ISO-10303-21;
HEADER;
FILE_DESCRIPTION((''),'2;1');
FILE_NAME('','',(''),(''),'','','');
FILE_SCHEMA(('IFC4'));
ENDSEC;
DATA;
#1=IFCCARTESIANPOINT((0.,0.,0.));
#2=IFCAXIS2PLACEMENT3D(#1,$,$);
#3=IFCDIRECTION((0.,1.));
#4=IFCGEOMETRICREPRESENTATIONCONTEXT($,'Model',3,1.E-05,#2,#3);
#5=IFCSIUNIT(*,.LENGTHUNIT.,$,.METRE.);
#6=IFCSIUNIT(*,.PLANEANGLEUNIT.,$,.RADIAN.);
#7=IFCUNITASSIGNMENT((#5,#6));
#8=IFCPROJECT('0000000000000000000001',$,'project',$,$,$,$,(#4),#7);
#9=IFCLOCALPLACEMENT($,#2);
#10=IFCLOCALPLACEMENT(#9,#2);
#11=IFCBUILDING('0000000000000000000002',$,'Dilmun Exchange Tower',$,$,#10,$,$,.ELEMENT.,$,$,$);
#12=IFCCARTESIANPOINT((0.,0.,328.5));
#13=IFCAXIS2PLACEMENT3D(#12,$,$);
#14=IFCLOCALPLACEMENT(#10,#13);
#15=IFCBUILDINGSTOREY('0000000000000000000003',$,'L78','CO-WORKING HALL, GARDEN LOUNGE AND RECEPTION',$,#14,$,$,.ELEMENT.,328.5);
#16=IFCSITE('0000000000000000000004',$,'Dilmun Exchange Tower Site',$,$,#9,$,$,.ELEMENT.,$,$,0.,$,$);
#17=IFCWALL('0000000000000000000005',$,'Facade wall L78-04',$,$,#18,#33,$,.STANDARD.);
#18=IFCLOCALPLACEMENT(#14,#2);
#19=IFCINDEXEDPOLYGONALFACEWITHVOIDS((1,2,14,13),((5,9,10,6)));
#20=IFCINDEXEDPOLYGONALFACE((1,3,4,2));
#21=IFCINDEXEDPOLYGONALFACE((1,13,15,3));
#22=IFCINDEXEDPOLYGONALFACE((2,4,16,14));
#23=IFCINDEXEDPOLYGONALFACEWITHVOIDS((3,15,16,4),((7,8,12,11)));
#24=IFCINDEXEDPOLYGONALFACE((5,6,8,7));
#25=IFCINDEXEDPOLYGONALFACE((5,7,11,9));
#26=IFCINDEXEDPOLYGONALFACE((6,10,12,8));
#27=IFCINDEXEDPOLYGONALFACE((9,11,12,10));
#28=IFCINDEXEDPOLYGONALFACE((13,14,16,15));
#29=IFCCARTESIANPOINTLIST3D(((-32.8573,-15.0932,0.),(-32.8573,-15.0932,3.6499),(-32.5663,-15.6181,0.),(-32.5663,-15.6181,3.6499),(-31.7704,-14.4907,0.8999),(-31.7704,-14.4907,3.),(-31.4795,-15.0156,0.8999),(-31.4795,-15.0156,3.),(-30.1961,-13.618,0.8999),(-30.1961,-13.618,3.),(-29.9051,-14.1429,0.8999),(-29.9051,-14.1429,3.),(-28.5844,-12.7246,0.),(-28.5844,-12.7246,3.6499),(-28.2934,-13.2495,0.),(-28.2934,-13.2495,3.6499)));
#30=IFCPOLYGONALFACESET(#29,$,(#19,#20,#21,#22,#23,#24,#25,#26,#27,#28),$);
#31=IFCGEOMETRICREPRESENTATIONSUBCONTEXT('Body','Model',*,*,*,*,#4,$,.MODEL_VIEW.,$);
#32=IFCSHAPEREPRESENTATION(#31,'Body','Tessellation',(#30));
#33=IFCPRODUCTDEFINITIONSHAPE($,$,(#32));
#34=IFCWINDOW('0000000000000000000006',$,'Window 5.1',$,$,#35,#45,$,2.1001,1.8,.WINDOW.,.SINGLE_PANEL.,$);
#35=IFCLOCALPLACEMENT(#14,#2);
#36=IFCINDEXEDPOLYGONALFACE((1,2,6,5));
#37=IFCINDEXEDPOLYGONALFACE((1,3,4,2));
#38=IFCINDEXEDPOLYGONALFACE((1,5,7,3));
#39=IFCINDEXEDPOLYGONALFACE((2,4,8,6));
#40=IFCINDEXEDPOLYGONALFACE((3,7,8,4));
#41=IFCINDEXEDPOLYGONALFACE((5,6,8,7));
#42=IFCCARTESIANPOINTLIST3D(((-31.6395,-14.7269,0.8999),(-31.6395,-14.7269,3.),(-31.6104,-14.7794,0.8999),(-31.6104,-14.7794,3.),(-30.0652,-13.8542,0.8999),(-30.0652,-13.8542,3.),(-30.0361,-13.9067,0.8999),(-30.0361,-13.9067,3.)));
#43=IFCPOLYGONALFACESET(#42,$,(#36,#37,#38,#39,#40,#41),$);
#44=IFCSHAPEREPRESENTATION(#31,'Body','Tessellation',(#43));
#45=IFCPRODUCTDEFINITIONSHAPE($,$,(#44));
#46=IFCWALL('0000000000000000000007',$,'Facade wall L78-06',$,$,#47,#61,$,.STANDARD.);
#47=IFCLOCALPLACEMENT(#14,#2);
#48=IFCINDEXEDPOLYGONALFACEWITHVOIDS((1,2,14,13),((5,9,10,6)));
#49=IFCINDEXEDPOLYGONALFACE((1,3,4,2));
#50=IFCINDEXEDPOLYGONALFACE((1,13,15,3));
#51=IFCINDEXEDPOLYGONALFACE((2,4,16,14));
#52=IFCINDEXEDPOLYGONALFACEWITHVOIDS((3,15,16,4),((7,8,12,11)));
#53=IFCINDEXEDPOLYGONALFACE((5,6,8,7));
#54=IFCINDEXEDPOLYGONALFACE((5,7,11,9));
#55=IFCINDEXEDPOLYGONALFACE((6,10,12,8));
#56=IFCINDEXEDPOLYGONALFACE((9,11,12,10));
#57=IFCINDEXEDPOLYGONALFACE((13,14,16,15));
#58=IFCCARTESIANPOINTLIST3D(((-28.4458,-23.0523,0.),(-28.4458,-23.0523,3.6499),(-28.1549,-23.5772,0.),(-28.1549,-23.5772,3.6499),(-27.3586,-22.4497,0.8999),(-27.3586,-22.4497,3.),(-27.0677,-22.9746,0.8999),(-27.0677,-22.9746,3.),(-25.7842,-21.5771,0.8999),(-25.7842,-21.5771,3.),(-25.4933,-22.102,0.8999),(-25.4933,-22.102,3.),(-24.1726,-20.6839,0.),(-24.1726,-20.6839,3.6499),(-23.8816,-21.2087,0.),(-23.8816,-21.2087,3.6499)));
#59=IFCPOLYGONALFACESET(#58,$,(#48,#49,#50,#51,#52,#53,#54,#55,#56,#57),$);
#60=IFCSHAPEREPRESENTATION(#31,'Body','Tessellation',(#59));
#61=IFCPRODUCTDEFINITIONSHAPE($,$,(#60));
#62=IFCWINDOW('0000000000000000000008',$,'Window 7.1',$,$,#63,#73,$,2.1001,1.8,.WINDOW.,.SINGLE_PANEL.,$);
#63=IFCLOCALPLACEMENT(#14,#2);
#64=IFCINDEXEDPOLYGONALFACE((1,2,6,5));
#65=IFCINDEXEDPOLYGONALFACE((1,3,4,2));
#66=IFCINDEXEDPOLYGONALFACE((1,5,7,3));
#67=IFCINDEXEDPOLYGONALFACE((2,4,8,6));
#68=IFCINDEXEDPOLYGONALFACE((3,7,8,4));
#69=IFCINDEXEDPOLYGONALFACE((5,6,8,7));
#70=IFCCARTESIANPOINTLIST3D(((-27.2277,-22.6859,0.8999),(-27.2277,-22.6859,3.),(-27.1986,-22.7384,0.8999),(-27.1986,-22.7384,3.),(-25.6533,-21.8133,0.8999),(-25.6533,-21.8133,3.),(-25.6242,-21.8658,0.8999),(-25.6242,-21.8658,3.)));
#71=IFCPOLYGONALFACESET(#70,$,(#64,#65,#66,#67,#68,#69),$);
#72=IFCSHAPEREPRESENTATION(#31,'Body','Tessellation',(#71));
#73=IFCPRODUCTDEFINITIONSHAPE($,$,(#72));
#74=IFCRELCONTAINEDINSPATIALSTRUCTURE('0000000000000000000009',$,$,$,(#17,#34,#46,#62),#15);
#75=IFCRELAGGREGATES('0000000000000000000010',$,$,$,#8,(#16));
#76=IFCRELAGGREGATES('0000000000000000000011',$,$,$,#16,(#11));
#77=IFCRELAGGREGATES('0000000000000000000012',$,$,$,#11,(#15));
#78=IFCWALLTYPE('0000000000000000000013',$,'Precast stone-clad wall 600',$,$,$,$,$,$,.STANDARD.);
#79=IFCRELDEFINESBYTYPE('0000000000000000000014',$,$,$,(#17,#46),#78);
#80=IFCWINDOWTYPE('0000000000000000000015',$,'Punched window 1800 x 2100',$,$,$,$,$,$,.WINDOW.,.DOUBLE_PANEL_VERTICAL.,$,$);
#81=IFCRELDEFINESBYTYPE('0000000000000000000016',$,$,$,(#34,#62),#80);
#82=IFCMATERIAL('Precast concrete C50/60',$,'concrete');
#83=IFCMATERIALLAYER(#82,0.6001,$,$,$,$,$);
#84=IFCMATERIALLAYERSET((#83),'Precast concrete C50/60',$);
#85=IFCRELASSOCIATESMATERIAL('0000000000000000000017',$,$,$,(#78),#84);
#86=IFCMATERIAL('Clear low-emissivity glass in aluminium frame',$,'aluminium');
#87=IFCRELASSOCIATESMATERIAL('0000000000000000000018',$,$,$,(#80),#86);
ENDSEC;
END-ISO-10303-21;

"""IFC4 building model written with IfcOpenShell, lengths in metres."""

from ifc_helpers import new_model, si_unit, direction, frame, frame_2d, origin, place, context, subcontext, project, spatial, rectangle, extrude, material, layer, layer_set, type_object, element, fill, save


model = new_model("IFC4")

# Units and contexts
model_context = context("Model", 3, precision=1e-05, world=origin(), true_north=direction((0.0, 1.0)))
body_context = subcontext(model_context, "Body", "Model", "MODEL_VIEW")
ifc_project = project(units=[si_unit("LENGTHUNIT", "METRE"), si_unit("PLANEANGLEUNIT", "RADIAN")], contexts=[model_context])

# Site, building, storey
site_placement = place(None, origin())
site = spatial("IfcSite", under=ifc_project, at=site_placement, Name="Dilmun Exchange Tower Site", CompositionType="ELEMENT", RefElevation=0.0)
building_placement = place(site_placement, origin())
building = spatial("IfcBuilding", under=site, at=building_placement, Name="Dilmun Exchange Tower", CompositionType="ELEMENT")
storey_placement = place(building_placement, frame((0.0, 0.0, 328.5)))
storey = spatial("IfcBuildingStorey", under=building, at=storey_placement, Name="L78", Description="CO-WORKING HALL, GARDEN LOUNGE AND RECEPTION", CompositionType="ELEMENT", Elevation=328.5)

# Walls, openings, windows
ifc_material_1 = material(Name="Precast concrete C50/60", Category="concrete")
ifc_layer_1 = layer(ifc_material_1, 0.6001)
ifc_layer_set_1 = layer_set([ifc_layer_1], Name="Precast concrete C50/60")
wall_type_1 = type_object("IfcWallType", Name="Precast stone-clad wall 600", PredefinedType="STANDARD", material=ifc_layer_set_1)
wall_1_placement = place(storey_placement, frame((-32.7119, -15.3557, 0.0), z_axis=(0.0, 0.0, 1.0), x_axis=(0.874609, 0.484828, 0.0)))
wall_1 = element("IfcWall", 1, at=wall_1_placement, inside=storey, type_object=wall_type_1, Name="Facade wall L78-04", PredefinedType="STANDARD", context=body_context, shape_type="SweptSolid", body=[
    extrude(rectangle(XDim=4.8855, YDim=0.6001, at=frame_2d((2.4429, 0.0))), origin(), (0.0, 0.0, 1.0), 3.6499),
])
opening_1_placement = place(wall_1_placement, frame((1.2429, 0.0, 0.8999)))
opening_1 = element("IfcOpeningElement", 2, at=opening_1_placement, cuts=wall_1, PredefinedType="OPENING", context=body_context, shape_type="SweptSolid", body=[
    extrude(rectangle(XDim=1.8, YDim=2.1001, at=frame_2d((0.8999, 1.05))), frame((0.0, 0.3101, 0.0), z_axis=(0.0, -1.0, 0.0), x_axis=(1.0, 0.0, 0.0)), (0.0, 0.0, 1.0), 0.6201),
])
ifc_material_2 = material(Name="Clear low-emissivity glass in aluminium frame", Category="aluminium")
window_type_1 = type_object("IfcWindowType", Name="Punched window 1800 x 2100", PartitioningType="DOUBLE_PANEL_VERTICAL", PredefinedType="WINDOW", material=ifc_material_2)
window_1_placement = place(opening_1_placement, origin())
window_1 = element("IfcWindow", 3, at=window_1_placement, inside=storey, type_object=window_type_1, Name="Window 5.1", OverallHeight=2.1001, OverallWidth=1.8, PartitioningType="SINGLE_PANEL", PredefinedType="WINDOW", context=body_context, shape_type="SweptSolid", body=[
    extrude(rectangle(XDim=1.8, YDim=2.1001, at=frame_2d((0.8999, 1.05))), frame((0.0, 0.03, 0.0), z_axis=(0.0, -1.0, 0.0), x_axis=(1.0, 0.0, 0.0)), (0.0, 0.0, 1.0), 0.0601),
])
fill(opening_1, window_1)
wall_2_placement = place(storey_placement, frame((-24.0271, -20.9463, 0.0), z_axis=(0.0, 0.0, 1.0), x_axis=(-0.874642, -0.484769, 0.0)))
wall_2 = element("IfcWall", 4, at=wall_2_placement, inside=storey, type_object=wall_type_1, Name="Facade wall L78-06", PredefinedType="STANDARD", context=body_context, shape_type="SweptSolid", body=[
    extrude(rectangle(XDim=4.8857, YDim=0.6001, at=frame_2d((2.4429, 0.0))), origin(), (0.0, 0.0, 1.0), 3.6499),
])
opening_2_placement = place(wall_2_placement, frame((1.8428, 0.0, 0.8999)))
opening_2 = element("IfcOpeningElement", 5, at=opening_2_placement, cuts=wall_2, PredefinedType="OPENING", context=body_context, shape_type="SweptSolid", body=[
    extrude(rectangle(XDim=1.8, YDim=2.1001, at=frame_2d((0.8999, 1.05))), frame((0.0, 0.3101, 0.0), z_axis=(0.0, -1.0, 0.0), x_axis=(1.0, 0.0, 0.0)), (0.0, 0.0, 1.0), 0.6201),
])
window_2_placement = place(opening_2_placement, origin())
window_2 = element("IfcWindow", 6, at=window_2_placement, inside=storey, type_object=window_type_1, Name="Window 7.1", OverallHeight=2.1001, OverallWidth=1.8, PartitioningType="SINGLE_PANEL", PredefinedType="WINDOW", context=body_context, shape_type="SweptSolid", body=[
    extrude(rectangle(XDim=1.8, YDim=2.1001, at=frame_2d((0.8999, 1.05))), frame((0.0, 0.03, 0.0), z_axis=(0.0, -1.0, 0.0), x_axis=(1.0, 0.0, 0.0)), (0.0, 0.0, 1.0), 0.0601),
])
fill(opening_2, window_2)

save(model, "model.ifc")
